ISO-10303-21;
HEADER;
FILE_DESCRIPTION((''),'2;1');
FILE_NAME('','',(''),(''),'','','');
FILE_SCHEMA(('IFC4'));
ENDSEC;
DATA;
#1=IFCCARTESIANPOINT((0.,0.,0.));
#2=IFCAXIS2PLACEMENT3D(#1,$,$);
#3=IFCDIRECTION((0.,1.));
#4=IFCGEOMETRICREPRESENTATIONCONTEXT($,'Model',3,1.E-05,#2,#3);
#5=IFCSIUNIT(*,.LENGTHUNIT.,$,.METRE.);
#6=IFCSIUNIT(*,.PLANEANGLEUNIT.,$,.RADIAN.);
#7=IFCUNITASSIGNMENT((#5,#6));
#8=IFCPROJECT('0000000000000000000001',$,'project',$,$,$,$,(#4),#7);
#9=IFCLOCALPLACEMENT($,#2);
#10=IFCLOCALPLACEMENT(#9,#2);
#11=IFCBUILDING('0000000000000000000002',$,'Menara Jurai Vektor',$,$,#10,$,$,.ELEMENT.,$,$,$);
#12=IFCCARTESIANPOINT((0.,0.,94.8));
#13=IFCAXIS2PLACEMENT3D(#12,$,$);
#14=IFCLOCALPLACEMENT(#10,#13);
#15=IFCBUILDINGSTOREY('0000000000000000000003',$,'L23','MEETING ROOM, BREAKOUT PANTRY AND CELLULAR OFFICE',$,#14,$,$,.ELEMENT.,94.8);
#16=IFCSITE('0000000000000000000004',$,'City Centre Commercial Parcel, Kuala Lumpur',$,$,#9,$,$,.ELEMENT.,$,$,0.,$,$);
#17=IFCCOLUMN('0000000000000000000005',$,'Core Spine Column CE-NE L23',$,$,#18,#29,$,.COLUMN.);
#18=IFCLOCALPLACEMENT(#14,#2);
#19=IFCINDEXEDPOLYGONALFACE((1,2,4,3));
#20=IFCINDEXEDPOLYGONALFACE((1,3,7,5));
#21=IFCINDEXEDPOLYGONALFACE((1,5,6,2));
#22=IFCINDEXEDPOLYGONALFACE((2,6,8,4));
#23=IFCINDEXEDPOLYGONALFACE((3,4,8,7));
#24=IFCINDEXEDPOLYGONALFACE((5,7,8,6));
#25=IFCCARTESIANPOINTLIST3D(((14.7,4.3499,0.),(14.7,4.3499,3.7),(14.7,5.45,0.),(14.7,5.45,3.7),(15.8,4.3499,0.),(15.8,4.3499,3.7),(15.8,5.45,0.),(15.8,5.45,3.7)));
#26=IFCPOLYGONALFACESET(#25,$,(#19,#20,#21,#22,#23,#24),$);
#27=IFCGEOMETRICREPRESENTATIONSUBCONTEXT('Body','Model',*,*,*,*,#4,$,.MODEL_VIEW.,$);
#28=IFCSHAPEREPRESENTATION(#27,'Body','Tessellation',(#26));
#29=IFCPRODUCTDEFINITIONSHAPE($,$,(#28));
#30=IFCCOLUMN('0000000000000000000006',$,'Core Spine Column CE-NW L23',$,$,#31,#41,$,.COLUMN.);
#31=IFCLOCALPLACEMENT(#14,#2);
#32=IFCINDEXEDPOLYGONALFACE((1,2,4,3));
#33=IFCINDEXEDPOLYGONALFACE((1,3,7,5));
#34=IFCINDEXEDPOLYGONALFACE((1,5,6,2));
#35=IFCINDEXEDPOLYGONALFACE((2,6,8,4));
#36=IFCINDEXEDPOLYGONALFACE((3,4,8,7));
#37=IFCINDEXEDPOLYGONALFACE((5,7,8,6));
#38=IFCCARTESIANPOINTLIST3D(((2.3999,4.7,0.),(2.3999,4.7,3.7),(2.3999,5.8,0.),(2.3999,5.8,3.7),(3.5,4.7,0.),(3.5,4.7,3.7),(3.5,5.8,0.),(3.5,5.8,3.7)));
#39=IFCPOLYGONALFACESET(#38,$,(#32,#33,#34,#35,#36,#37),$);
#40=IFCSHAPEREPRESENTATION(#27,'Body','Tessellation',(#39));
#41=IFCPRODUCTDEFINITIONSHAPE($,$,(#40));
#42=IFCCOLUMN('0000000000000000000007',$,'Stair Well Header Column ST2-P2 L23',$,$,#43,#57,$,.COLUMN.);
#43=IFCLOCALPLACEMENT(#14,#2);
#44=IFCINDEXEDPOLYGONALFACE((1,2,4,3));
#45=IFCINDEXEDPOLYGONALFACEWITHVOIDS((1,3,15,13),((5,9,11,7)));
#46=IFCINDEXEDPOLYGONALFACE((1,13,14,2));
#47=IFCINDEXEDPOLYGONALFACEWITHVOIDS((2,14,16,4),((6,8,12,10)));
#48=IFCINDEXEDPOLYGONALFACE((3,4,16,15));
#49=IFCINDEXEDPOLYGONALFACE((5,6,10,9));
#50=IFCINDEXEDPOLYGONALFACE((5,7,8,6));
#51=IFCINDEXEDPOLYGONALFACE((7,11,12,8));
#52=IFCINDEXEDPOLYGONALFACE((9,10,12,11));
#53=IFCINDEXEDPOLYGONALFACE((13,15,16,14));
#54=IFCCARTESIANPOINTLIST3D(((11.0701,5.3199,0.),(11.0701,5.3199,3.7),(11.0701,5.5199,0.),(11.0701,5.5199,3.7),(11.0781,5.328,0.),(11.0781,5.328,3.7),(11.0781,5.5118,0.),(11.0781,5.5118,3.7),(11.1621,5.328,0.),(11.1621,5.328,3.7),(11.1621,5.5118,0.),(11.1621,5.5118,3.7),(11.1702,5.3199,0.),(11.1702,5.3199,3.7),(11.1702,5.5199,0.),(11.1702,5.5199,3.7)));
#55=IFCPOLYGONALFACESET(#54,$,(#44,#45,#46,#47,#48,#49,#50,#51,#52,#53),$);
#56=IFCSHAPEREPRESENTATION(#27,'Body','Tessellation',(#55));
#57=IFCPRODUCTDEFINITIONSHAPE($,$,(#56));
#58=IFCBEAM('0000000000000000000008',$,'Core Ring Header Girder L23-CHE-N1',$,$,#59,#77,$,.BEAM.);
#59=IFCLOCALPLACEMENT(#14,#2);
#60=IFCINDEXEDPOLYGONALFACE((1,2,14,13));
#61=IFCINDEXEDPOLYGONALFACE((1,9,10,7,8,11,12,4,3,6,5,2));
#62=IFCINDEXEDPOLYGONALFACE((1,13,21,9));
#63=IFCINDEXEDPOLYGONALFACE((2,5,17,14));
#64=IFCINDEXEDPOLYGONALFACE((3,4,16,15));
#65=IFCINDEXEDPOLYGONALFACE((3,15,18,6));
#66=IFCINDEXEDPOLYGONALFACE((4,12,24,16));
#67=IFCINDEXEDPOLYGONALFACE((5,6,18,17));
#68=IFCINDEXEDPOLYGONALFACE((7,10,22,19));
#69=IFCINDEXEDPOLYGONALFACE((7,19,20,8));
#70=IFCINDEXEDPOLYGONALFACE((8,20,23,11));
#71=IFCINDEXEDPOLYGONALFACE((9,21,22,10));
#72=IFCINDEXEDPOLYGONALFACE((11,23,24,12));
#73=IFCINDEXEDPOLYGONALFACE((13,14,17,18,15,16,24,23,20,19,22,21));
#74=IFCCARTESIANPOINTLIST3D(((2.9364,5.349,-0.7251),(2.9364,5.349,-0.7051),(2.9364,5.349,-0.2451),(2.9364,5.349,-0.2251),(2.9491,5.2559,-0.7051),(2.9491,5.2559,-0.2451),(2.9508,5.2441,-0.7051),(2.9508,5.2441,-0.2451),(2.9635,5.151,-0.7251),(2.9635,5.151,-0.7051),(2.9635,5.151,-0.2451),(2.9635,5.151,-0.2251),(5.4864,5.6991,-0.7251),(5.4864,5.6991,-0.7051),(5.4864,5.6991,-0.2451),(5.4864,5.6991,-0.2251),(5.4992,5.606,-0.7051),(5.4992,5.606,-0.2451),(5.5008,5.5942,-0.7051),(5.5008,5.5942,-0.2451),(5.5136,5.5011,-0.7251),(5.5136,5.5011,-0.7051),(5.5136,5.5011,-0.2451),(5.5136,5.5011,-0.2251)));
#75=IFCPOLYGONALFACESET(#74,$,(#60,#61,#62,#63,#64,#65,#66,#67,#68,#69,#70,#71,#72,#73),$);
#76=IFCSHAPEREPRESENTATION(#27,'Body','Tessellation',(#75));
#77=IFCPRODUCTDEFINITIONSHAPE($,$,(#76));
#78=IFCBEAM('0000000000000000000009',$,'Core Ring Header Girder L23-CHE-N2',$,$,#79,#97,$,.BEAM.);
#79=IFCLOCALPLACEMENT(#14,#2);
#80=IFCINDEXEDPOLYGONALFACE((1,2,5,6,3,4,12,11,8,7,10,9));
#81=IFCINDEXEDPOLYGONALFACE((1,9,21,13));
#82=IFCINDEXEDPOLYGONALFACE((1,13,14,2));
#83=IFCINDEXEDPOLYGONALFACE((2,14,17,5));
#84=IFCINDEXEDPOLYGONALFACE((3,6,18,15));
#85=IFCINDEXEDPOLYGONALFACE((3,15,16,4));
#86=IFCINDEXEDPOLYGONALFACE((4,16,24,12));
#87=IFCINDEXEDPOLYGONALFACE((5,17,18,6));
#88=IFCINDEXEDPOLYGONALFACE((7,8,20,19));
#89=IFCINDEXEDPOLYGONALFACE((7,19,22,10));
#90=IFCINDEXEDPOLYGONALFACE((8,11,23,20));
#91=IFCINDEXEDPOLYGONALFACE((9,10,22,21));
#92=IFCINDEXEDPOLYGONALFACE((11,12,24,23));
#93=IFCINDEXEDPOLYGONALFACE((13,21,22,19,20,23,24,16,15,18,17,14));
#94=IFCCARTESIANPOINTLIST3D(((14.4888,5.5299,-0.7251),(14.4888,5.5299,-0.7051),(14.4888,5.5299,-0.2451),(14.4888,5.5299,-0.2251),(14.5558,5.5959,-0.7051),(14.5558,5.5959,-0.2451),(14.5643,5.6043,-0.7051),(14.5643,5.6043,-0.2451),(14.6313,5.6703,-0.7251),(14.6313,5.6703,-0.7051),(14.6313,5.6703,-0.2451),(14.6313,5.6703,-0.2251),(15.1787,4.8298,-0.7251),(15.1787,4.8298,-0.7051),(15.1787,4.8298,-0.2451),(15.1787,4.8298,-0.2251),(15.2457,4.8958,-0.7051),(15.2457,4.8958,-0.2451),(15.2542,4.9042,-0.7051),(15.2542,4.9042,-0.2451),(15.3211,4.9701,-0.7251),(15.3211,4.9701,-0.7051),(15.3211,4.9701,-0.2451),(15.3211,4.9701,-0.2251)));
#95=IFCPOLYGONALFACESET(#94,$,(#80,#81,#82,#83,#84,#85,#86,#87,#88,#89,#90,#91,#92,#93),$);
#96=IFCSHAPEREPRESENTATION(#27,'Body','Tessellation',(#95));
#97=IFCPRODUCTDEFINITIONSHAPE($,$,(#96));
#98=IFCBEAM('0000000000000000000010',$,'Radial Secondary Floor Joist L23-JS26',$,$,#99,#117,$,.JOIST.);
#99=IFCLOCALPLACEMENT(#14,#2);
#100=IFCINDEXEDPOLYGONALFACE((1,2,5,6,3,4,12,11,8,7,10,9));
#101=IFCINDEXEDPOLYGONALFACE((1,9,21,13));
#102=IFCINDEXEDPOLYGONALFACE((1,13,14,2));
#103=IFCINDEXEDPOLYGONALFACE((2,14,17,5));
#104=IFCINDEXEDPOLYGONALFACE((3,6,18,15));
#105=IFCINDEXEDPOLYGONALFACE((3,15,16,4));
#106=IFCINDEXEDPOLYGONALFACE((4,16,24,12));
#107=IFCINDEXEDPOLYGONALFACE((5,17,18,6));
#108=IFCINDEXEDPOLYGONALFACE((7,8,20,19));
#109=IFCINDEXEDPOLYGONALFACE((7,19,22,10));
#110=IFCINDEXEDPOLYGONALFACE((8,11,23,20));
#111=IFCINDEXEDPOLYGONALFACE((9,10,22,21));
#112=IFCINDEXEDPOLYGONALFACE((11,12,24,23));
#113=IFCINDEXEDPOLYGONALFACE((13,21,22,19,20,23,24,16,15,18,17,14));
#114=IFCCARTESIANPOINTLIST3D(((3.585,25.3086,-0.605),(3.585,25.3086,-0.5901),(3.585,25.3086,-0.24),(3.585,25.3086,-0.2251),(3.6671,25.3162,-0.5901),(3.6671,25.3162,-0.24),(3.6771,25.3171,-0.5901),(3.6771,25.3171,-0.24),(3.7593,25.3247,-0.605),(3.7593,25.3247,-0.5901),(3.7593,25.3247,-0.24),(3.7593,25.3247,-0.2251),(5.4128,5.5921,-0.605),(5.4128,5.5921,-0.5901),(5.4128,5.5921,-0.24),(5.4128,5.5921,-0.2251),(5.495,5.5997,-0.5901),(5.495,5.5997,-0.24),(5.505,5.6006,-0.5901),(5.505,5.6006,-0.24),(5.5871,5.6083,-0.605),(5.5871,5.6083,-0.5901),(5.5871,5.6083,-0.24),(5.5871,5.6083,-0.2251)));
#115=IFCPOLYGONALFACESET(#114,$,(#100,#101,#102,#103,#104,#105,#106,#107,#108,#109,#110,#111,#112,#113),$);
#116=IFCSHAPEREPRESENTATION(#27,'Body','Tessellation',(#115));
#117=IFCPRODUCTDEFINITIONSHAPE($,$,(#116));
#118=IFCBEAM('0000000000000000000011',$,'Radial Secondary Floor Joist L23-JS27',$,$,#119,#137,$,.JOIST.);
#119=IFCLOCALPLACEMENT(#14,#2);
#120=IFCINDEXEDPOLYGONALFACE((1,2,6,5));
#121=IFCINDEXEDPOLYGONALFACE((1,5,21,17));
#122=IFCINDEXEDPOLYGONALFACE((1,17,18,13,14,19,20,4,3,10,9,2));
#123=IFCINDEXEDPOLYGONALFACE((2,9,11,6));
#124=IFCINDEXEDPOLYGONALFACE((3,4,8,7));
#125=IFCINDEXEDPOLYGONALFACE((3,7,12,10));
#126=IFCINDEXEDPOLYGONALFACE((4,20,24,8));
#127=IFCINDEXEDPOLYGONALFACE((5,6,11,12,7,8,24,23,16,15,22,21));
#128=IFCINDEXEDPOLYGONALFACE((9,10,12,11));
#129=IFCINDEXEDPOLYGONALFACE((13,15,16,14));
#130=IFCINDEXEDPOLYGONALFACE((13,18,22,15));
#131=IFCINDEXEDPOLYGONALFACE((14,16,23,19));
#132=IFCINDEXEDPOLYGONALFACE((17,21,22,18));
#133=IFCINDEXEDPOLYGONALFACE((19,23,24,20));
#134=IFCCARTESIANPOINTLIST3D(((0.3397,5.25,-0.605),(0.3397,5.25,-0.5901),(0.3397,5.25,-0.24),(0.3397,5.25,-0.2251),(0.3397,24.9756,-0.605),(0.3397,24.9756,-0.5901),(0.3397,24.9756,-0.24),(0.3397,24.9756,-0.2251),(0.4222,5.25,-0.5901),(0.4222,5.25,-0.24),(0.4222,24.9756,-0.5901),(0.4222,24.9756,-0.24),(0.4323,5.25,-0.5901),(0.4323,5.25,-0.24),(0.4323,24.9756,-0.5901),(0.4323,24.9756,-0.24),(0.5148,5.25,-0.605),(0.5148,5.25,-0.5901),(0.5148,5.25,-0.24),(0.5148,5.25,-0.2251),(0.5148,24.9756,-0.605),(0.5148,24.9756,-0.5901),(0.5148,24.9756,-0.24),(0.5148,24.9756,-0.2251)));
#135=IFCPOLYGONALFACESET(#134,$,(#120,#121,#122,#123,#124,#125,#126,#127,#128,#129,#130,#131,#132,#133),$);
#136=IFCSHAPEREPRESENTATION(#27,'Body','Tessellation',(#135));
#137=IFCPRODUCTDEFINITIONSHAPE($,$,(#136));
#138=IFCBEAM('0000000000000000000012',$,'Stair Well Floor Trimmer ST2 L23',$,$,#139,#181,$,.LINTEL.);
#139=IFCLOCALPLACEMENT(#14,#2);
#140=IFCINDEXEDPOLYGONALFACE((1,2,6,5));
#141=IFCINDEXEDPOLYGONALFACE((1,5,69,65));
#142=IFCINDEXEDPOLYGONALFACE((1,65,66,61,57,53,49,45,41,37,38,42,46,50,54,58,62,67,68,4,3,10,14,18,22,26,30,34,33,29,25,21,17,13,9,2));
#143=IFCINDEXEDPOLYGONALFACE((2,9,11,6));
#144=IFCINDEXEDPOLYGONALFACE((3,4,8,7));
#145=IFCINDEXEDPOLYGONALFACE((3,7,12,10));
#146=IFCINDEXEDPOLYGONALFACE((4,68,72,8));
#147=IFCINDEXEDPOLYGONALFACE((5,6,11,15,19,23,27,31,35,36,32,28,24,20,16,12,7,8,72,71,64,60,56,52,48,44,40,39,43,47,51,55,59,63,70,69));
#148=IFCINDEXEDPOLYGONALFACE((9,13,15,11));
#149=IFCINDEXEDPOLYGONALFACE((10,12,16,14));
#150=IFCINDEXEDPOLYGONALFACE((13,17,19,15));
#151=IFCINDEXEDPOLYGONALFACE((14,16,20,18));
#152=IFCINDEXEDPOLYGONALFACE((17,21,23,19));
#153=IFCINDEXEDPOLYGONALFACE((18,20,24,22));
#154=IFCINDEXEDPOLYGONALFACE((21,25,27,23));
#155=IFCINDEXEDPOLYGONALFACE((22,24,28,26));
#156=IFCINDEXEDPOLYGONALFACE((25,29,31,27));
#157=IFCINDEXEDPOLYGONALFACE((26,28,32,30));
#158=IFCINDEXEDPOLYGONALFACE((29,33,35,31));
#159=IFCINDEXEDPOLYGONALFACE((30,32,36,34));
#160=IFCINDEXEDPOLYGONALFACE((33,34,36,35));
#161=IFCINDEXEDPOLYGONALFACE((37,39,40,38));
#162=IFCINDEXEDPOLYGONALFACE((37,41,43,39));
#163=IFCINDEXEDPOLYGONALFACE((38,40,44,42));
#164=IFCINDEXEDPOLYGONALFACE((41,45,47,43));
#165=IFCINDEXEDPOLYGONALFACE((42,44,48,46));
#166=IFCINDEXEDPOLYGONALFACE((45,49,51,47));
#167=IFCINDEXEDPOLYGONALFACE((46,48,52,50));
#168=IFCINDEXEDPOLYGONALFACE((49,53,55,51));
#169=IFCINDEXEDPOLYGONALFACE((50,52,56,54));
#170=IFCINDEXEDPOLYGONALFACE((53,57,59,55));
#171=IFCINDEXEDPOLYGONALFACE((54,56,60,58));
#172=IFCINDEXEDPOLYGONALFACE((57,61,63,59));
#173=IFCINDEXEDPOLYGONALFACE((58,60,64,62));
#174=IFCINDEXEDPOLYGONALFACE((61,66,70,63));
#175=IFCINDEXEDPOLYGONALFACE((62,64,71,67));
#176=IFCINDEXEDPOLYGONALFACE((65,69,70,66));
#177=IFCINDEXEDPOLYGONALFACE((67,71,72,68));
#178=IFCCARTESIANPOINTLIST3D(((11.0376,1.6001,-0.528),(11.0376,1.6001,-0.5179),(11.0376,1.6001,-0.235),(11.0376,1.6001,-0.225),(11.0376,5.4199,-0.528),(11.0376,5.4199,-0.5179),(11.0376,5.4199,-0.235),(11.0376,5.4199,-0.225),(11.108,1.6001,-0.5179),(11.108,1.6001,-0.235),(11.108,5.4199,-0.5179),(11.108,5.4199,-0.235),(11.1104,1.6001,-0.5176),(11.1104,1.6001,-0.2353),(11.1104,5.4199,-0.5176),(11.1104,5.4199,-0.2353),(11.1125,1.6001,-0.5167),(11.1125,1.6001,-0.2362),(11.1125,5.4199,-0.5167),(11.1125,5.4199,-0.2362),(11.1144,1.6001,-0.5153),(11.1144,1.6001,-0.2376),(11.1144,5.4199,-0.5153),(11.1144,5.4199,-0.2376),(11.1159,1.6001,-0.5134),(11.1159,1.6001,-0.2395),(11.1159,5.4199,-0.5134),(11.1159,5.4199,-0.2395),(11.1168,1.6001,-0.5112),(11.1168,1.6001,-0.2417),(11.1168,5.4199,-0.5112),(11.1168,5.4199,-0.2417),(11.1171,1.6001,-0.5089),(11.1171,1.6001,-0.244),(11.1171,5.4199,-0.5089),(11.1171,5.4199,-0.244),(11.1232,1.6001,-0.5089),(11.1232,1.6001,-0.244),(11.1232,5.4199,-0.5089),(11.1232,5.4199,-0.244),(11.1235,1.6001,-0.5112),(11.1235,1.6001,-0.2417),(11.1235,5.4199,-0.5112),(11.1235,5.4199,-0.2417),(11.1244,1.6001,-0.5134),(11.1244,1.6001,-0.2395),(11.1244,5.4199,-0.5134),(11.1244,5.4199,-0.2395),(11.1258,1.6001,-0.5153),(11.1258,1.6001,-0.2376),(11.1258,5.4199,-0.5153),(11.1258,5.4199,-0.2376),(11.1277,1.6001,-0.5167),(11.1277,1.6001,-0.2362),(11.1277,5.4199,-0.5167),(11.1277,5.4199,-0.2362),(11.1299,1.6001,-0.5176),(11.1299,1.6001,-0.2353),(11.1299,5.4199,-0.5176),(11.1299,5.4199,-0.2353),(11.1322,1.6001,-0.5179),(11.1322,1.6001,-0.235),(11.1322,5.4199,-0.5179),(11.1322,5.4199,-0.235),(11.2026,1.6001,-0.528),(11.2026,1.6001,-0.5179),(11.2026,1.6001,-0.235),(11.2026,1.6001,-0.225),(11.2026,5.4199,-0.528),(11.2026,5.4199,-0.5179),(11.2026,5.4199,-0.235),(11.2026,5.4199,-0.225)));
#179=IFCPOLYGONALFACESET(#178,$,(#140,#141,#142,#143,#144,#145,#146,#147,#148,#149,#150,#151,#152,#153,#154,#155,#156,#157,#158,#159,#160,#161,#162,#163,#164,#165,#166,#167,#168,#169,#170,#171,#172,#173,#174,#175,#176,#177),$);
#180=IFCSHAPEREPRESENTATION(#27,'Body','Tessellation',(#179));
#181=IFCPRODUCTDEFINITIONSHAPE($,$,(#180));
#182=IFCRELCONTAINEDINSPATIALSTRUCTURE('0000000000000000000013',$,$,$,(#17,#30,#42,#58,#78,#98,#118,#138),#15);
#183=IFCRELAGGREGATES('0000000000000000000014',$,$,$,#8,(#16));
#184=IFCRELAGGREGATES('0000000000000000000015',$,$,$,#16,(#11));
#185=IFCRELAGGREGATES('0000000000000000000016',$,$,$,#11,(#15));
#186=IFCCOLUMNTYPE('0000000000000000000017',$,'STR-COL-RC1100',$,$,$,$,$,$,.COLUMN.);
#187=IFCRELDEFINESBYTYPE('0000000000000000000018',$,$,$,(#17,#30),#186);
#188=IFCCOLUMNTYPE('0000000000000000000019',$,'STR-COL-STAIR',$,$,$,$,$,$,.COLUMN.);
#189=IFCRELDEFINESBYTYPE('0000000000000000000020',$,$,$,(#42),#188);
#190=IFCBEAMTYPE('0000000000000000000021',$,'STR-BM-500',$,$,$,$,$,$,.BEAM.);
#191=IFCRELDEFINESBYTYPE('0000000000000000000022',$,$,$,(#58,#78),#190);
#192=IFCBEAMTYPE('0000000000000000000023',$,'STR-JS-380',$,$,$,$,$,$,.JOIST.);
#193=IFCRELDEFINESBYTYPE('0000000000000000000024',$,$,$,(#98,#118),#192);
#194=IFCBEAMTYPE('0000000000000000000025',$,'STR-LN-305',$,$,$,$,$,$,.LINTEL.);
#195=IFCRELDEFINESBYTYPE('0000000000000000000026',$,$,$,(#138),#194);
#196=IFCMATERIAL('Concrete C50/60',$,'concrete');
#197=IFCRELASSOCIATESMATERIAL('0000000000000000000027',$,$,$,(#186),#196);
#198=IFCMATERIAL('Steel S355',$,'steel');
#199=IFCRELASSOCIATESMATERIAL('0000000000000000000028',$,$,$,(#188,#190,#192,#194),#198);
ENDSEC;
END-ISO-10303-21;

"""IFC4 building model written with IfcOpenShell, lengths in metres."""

from ifc_helpers import new_model, si_unit, direction, frame, origin, origin_2d, place, context, subcontext, project, spatial, rectangle, hollow_rectangle, i_section, extrude, material, material_profile, profile_set, type_object, element, save


model = new_model("IFC4")

# Units and contexts
model_context = context("Model", 3, precision=1e-05, world=origin(), true_north=direction((0.0, 1.0)))
body_context = subcontext(model_context, "Body", "Model", "MODEL_VIEW")
ifc_project = project(units=[si_unit("LENGTHUNIT", "METRE"), si_unit("PLANEANGLEUNIT", "RADIAN")], contexts=[model_context])

# Site, building, storey
site_placement = place(None, origin())
site = spatial("IfcSite", under=ifc_project, at=site_placement, Name="City Centre Commercial Parcel, Kuala Lumpur", CompositionType="ELEMENT", RefElevation=0.0)
building_placement = place(site_placement, origin())
building = spatial("IfcBuilding", under=site, at=building_placement, Name="Menara Jurai Vektor", CompositionType="ELEMENT")
storey_placement = place(building_placement, frame((0.0, 0.0, 94.8)))
storey = spatial("IfcBuildingStorey", under=building, at=storey_placement, Name="L23", Description="MEETING ROOM, BREAKOUT PANTRY AND CELLULAR OFFICE", CompositionType="ELEMENT", Elevation=94.8)

# Columns
ifc_material_1 = material(Name="Concrete C50/60", Category="concrete")
ifc_material_profile_1 = material_profile(ifc_material_1, rectangle(XDim=1.1001, YDim=1.1001, at=origin_2d()), Name="RC 1100x1100")
ifc_profile_set_1 = profile_set([ifc_material_profile_1], Name="Concrete C50/60")
column_type_1 = type_object("IfcColumnType", Name="STR-COL-RC1100", PredefinedType="COLUMN", material=ifc_profile_set_1)
for number, where, z_axis, x_axis, name in (
    (1, (15.25, 4.8999, 0.0), (0.0, 0.0, 1.0), (1.0, 0.0, 0.0), "Core Spine Column CE-NE L23"),
    (2, (2.95, 5.25, 0.0), (0.0, 0.0, 1.0), (1.0, 0.0, 0.0), "Core Spine Column CE-NW L23"),
):
    element("IfcColumn", number, at=place(storey_placement, frame(where, z_axis=z_axis, x_axis=x_axis)), inside=storey, type_object=column_type_1, Name=name, PredefinedType="COLUMN", context=body_context, shape_type="SweptSolid", body=[
        extrude(rectangle(XDim=1.1001, YDim=1.1001, at=origin_2d()), origin(), (0.0, 0.0, 1.0), 3.7),
    ])
ifc_material_2 = material(Name="Steel S355", Category="steel")
ifc_material_profile_2 = material_profile(ifc_material_2, hollow_rectangle(XDim=0.1001, YDim=0.2, WallThickness=0.0081, at=origin_2d()), Name="RHS 200x100x8")
ifc_profile_set_2 = profile_set([ifc_material_profile_2], Name="Steel S355")
column_type_2 = type_object("IfcColumnType", Name="STR-COL-STAIR", PredefinedType="COLUMN", material=ifc_profile_set_2)
column_placement = place(storey_placement, frame((11.1201, 5.4199, 0.0), z_axis=(0.0, 0.0, 1.0), x_axis=(1.0, 0.0, 0.0)))
element("IfcColumn", 3, at=column_placement, inside=storey, type_object=column_type_2, Name="Stair Well Header Column ST2-P2 L23", PredefinedType="COLUMN", context=body_context, shape_type="SweptSolid", body=[
    extrude(hollow_rectangle(XDim=0.1001, YDim=0.2, WallThickness=0.0081, at=origin_2d()), origin(), (0.0, 0.0, 1.0), 3.7),
])

# Beams
ifc_material_profile_3 = material_profile(ifc_material_2, i_section(OverallWidth=0.2, OverallDepth=0.5, WebThickness=0.012, FlangeThickness=0.02, at=origin_2d()), Name="PG 500x200x96")
ifc_profile_set_3 = profile_set([ifc_material_profile_3], Name="Steel S355")
beam_type_1 = type_object("IfcBeamType", Name="STR-BM-500", PredefinedType="BEAM", material=ifc_profile_set_3)
beam_1_placement = place(storey_placement, frame((2.95, 5.25, -0.4751), z_axis=(0.990707, 0.136015, 0.0), x_axis=(-0.136015, 0.990707, 0.0)))
element("IfcBeam", 4, at=beam_1_placement, inside=storey, type_object=beam_type_1, Name="Core Ring Header Girder L23-CHE-N1", PredefinedType="BEAM", context=body_context, shape_type="SweptSolid", body=[
    extrude(i_section(OverallWidth=0.2, OverallDepth=0.5, WebThickness=0.012, FlangeThickness=0.02, at=origin_2d()), origin(), (0.0, 0.0, 1.0), 2.574),
])
beam_2_placement = place(storey_placement, frame((14.5601, 5.6001, -0.4751), z_axis=(0.701872, -0.712303, 0.0), x_axis=(0.712303, 0.701872, 0.0)))
element("IfcBeam", 5, at=beam_2_placement, inside=storey, type_object=beam_type_1, Name="Core Ring Header Girder L23-CHE-N2", PredefinedType="BEAM", context=body_context, shape_type="SweptSolid", body=[
    extrude(i_section(OverallWidth=0.2, OverallDepth=0.5, WebThickness=0.012, FlangeThickness=0.02, at=origin_2d()), origin(), (0.0, 0.0, 1.0), 0.9829),
])
ifc_material_profile_4 = material_profile(ifc_material_2, i_section(OverallWidth=0.175, OverallDepth=0.3799, WebThickness=0.01, FlangeThickness=0.0149, at=origin_2d()), Name="PG 380x175x58")
ifc_profile_set_4 = profile_set([ifc_material_profile_4], Name="Steel S355")
beam_type_2 = type_object("IfcBeamType", Name="STR-JS-380", PredefinedType="JOIST", material=ifc_profile_set_4)
beam_3_placement = place(storey_placement, frame((3.6721, 25.3167, -0.415), z_axis=(0.092312, -0.99573, 0.0), x_axis=(0.99573, 0.092312, 0.0)))
element("IfcBeam", 6, at=beam_3_placement, inside=storey, type_object=beam_type_2, Name="Radial Secondary Floor Joist L23-JS26", PredefinedType="JOIST", context=body_context, shape_type="SweptSolid", body=[
    extrude(i_section(OverallWidth=0.175, OverallDepth=0.3799, WebThickness=0.01, FlangeThickness=0.0149, at=origin_2d()), origin(), (0.0, 0.0, 1.0), 19.801),
])
beam_4_placement = place(storey_placement, frame((0.4272, 24.9756, -0.415), z_axis=(0.0, -1.0, 0.0), x_axis=(1.0, 0.0, 0.0)))
element("IfcBeam", 7, at=beam_4_placement, inside=storey, type_object=beam_type_2, Name="Radial Secondary Floor Joist L23-JS27", PredefinedType="JOIST", context=body_context, shape_type="SweptSolid", body=[
    extrude(i_section(OverallWidth=0.175, OverallDepth=0.3799, WebThickness=0.01, FlangeThickness=0.0149, at=origin_2d()), origin(), (0.0, 0.0, 1.0), 19.7256),
])
ifc_material_profile_5 = material_profile(ifc_material_2, i_section(OverallWidth=0.165, OverallDepth=0.303, WebThickness=0.0061, FlangeThickness=0.01, FilletRadius=0.009, at=origin_2d()), Name="UKB 305x165x40")
ifc_profile_set_5 = profile_set([ifc_material_profile_5], Name="Steel S355")
beam_type_3 = type_object("IfcBeamType", Name="STR-LN-305", PredefinedType="LINTEL", material=ifc_profile_set_5)
beam_5_placement = place(storey_placement, frame((11.1201, 1.6001, -0.3765), z_axis=(0.0, 1.0, 0.0), x_axis=(-1.0, 0.0, 0.0)))
element("IfcBeam", 8, at=beam_5_placement, inside=storey, type_object=beam_type_3, Name="Stair Well Floor Trimmer ST2 L23", PredefinedType="LINTEL", context=body_context, shape_type="SweptSolid", body=[
    extrude(i_section(OverallWidth=0.165, OverallDepth=0.303, WebThickness=0.0061, FlangeThickness=0.01, FilletRadius=0.009, at=origin_2d()), origin(), (0.0, 0.0, 1.0), 3.8198),
])

save(model, "model.ifc")
